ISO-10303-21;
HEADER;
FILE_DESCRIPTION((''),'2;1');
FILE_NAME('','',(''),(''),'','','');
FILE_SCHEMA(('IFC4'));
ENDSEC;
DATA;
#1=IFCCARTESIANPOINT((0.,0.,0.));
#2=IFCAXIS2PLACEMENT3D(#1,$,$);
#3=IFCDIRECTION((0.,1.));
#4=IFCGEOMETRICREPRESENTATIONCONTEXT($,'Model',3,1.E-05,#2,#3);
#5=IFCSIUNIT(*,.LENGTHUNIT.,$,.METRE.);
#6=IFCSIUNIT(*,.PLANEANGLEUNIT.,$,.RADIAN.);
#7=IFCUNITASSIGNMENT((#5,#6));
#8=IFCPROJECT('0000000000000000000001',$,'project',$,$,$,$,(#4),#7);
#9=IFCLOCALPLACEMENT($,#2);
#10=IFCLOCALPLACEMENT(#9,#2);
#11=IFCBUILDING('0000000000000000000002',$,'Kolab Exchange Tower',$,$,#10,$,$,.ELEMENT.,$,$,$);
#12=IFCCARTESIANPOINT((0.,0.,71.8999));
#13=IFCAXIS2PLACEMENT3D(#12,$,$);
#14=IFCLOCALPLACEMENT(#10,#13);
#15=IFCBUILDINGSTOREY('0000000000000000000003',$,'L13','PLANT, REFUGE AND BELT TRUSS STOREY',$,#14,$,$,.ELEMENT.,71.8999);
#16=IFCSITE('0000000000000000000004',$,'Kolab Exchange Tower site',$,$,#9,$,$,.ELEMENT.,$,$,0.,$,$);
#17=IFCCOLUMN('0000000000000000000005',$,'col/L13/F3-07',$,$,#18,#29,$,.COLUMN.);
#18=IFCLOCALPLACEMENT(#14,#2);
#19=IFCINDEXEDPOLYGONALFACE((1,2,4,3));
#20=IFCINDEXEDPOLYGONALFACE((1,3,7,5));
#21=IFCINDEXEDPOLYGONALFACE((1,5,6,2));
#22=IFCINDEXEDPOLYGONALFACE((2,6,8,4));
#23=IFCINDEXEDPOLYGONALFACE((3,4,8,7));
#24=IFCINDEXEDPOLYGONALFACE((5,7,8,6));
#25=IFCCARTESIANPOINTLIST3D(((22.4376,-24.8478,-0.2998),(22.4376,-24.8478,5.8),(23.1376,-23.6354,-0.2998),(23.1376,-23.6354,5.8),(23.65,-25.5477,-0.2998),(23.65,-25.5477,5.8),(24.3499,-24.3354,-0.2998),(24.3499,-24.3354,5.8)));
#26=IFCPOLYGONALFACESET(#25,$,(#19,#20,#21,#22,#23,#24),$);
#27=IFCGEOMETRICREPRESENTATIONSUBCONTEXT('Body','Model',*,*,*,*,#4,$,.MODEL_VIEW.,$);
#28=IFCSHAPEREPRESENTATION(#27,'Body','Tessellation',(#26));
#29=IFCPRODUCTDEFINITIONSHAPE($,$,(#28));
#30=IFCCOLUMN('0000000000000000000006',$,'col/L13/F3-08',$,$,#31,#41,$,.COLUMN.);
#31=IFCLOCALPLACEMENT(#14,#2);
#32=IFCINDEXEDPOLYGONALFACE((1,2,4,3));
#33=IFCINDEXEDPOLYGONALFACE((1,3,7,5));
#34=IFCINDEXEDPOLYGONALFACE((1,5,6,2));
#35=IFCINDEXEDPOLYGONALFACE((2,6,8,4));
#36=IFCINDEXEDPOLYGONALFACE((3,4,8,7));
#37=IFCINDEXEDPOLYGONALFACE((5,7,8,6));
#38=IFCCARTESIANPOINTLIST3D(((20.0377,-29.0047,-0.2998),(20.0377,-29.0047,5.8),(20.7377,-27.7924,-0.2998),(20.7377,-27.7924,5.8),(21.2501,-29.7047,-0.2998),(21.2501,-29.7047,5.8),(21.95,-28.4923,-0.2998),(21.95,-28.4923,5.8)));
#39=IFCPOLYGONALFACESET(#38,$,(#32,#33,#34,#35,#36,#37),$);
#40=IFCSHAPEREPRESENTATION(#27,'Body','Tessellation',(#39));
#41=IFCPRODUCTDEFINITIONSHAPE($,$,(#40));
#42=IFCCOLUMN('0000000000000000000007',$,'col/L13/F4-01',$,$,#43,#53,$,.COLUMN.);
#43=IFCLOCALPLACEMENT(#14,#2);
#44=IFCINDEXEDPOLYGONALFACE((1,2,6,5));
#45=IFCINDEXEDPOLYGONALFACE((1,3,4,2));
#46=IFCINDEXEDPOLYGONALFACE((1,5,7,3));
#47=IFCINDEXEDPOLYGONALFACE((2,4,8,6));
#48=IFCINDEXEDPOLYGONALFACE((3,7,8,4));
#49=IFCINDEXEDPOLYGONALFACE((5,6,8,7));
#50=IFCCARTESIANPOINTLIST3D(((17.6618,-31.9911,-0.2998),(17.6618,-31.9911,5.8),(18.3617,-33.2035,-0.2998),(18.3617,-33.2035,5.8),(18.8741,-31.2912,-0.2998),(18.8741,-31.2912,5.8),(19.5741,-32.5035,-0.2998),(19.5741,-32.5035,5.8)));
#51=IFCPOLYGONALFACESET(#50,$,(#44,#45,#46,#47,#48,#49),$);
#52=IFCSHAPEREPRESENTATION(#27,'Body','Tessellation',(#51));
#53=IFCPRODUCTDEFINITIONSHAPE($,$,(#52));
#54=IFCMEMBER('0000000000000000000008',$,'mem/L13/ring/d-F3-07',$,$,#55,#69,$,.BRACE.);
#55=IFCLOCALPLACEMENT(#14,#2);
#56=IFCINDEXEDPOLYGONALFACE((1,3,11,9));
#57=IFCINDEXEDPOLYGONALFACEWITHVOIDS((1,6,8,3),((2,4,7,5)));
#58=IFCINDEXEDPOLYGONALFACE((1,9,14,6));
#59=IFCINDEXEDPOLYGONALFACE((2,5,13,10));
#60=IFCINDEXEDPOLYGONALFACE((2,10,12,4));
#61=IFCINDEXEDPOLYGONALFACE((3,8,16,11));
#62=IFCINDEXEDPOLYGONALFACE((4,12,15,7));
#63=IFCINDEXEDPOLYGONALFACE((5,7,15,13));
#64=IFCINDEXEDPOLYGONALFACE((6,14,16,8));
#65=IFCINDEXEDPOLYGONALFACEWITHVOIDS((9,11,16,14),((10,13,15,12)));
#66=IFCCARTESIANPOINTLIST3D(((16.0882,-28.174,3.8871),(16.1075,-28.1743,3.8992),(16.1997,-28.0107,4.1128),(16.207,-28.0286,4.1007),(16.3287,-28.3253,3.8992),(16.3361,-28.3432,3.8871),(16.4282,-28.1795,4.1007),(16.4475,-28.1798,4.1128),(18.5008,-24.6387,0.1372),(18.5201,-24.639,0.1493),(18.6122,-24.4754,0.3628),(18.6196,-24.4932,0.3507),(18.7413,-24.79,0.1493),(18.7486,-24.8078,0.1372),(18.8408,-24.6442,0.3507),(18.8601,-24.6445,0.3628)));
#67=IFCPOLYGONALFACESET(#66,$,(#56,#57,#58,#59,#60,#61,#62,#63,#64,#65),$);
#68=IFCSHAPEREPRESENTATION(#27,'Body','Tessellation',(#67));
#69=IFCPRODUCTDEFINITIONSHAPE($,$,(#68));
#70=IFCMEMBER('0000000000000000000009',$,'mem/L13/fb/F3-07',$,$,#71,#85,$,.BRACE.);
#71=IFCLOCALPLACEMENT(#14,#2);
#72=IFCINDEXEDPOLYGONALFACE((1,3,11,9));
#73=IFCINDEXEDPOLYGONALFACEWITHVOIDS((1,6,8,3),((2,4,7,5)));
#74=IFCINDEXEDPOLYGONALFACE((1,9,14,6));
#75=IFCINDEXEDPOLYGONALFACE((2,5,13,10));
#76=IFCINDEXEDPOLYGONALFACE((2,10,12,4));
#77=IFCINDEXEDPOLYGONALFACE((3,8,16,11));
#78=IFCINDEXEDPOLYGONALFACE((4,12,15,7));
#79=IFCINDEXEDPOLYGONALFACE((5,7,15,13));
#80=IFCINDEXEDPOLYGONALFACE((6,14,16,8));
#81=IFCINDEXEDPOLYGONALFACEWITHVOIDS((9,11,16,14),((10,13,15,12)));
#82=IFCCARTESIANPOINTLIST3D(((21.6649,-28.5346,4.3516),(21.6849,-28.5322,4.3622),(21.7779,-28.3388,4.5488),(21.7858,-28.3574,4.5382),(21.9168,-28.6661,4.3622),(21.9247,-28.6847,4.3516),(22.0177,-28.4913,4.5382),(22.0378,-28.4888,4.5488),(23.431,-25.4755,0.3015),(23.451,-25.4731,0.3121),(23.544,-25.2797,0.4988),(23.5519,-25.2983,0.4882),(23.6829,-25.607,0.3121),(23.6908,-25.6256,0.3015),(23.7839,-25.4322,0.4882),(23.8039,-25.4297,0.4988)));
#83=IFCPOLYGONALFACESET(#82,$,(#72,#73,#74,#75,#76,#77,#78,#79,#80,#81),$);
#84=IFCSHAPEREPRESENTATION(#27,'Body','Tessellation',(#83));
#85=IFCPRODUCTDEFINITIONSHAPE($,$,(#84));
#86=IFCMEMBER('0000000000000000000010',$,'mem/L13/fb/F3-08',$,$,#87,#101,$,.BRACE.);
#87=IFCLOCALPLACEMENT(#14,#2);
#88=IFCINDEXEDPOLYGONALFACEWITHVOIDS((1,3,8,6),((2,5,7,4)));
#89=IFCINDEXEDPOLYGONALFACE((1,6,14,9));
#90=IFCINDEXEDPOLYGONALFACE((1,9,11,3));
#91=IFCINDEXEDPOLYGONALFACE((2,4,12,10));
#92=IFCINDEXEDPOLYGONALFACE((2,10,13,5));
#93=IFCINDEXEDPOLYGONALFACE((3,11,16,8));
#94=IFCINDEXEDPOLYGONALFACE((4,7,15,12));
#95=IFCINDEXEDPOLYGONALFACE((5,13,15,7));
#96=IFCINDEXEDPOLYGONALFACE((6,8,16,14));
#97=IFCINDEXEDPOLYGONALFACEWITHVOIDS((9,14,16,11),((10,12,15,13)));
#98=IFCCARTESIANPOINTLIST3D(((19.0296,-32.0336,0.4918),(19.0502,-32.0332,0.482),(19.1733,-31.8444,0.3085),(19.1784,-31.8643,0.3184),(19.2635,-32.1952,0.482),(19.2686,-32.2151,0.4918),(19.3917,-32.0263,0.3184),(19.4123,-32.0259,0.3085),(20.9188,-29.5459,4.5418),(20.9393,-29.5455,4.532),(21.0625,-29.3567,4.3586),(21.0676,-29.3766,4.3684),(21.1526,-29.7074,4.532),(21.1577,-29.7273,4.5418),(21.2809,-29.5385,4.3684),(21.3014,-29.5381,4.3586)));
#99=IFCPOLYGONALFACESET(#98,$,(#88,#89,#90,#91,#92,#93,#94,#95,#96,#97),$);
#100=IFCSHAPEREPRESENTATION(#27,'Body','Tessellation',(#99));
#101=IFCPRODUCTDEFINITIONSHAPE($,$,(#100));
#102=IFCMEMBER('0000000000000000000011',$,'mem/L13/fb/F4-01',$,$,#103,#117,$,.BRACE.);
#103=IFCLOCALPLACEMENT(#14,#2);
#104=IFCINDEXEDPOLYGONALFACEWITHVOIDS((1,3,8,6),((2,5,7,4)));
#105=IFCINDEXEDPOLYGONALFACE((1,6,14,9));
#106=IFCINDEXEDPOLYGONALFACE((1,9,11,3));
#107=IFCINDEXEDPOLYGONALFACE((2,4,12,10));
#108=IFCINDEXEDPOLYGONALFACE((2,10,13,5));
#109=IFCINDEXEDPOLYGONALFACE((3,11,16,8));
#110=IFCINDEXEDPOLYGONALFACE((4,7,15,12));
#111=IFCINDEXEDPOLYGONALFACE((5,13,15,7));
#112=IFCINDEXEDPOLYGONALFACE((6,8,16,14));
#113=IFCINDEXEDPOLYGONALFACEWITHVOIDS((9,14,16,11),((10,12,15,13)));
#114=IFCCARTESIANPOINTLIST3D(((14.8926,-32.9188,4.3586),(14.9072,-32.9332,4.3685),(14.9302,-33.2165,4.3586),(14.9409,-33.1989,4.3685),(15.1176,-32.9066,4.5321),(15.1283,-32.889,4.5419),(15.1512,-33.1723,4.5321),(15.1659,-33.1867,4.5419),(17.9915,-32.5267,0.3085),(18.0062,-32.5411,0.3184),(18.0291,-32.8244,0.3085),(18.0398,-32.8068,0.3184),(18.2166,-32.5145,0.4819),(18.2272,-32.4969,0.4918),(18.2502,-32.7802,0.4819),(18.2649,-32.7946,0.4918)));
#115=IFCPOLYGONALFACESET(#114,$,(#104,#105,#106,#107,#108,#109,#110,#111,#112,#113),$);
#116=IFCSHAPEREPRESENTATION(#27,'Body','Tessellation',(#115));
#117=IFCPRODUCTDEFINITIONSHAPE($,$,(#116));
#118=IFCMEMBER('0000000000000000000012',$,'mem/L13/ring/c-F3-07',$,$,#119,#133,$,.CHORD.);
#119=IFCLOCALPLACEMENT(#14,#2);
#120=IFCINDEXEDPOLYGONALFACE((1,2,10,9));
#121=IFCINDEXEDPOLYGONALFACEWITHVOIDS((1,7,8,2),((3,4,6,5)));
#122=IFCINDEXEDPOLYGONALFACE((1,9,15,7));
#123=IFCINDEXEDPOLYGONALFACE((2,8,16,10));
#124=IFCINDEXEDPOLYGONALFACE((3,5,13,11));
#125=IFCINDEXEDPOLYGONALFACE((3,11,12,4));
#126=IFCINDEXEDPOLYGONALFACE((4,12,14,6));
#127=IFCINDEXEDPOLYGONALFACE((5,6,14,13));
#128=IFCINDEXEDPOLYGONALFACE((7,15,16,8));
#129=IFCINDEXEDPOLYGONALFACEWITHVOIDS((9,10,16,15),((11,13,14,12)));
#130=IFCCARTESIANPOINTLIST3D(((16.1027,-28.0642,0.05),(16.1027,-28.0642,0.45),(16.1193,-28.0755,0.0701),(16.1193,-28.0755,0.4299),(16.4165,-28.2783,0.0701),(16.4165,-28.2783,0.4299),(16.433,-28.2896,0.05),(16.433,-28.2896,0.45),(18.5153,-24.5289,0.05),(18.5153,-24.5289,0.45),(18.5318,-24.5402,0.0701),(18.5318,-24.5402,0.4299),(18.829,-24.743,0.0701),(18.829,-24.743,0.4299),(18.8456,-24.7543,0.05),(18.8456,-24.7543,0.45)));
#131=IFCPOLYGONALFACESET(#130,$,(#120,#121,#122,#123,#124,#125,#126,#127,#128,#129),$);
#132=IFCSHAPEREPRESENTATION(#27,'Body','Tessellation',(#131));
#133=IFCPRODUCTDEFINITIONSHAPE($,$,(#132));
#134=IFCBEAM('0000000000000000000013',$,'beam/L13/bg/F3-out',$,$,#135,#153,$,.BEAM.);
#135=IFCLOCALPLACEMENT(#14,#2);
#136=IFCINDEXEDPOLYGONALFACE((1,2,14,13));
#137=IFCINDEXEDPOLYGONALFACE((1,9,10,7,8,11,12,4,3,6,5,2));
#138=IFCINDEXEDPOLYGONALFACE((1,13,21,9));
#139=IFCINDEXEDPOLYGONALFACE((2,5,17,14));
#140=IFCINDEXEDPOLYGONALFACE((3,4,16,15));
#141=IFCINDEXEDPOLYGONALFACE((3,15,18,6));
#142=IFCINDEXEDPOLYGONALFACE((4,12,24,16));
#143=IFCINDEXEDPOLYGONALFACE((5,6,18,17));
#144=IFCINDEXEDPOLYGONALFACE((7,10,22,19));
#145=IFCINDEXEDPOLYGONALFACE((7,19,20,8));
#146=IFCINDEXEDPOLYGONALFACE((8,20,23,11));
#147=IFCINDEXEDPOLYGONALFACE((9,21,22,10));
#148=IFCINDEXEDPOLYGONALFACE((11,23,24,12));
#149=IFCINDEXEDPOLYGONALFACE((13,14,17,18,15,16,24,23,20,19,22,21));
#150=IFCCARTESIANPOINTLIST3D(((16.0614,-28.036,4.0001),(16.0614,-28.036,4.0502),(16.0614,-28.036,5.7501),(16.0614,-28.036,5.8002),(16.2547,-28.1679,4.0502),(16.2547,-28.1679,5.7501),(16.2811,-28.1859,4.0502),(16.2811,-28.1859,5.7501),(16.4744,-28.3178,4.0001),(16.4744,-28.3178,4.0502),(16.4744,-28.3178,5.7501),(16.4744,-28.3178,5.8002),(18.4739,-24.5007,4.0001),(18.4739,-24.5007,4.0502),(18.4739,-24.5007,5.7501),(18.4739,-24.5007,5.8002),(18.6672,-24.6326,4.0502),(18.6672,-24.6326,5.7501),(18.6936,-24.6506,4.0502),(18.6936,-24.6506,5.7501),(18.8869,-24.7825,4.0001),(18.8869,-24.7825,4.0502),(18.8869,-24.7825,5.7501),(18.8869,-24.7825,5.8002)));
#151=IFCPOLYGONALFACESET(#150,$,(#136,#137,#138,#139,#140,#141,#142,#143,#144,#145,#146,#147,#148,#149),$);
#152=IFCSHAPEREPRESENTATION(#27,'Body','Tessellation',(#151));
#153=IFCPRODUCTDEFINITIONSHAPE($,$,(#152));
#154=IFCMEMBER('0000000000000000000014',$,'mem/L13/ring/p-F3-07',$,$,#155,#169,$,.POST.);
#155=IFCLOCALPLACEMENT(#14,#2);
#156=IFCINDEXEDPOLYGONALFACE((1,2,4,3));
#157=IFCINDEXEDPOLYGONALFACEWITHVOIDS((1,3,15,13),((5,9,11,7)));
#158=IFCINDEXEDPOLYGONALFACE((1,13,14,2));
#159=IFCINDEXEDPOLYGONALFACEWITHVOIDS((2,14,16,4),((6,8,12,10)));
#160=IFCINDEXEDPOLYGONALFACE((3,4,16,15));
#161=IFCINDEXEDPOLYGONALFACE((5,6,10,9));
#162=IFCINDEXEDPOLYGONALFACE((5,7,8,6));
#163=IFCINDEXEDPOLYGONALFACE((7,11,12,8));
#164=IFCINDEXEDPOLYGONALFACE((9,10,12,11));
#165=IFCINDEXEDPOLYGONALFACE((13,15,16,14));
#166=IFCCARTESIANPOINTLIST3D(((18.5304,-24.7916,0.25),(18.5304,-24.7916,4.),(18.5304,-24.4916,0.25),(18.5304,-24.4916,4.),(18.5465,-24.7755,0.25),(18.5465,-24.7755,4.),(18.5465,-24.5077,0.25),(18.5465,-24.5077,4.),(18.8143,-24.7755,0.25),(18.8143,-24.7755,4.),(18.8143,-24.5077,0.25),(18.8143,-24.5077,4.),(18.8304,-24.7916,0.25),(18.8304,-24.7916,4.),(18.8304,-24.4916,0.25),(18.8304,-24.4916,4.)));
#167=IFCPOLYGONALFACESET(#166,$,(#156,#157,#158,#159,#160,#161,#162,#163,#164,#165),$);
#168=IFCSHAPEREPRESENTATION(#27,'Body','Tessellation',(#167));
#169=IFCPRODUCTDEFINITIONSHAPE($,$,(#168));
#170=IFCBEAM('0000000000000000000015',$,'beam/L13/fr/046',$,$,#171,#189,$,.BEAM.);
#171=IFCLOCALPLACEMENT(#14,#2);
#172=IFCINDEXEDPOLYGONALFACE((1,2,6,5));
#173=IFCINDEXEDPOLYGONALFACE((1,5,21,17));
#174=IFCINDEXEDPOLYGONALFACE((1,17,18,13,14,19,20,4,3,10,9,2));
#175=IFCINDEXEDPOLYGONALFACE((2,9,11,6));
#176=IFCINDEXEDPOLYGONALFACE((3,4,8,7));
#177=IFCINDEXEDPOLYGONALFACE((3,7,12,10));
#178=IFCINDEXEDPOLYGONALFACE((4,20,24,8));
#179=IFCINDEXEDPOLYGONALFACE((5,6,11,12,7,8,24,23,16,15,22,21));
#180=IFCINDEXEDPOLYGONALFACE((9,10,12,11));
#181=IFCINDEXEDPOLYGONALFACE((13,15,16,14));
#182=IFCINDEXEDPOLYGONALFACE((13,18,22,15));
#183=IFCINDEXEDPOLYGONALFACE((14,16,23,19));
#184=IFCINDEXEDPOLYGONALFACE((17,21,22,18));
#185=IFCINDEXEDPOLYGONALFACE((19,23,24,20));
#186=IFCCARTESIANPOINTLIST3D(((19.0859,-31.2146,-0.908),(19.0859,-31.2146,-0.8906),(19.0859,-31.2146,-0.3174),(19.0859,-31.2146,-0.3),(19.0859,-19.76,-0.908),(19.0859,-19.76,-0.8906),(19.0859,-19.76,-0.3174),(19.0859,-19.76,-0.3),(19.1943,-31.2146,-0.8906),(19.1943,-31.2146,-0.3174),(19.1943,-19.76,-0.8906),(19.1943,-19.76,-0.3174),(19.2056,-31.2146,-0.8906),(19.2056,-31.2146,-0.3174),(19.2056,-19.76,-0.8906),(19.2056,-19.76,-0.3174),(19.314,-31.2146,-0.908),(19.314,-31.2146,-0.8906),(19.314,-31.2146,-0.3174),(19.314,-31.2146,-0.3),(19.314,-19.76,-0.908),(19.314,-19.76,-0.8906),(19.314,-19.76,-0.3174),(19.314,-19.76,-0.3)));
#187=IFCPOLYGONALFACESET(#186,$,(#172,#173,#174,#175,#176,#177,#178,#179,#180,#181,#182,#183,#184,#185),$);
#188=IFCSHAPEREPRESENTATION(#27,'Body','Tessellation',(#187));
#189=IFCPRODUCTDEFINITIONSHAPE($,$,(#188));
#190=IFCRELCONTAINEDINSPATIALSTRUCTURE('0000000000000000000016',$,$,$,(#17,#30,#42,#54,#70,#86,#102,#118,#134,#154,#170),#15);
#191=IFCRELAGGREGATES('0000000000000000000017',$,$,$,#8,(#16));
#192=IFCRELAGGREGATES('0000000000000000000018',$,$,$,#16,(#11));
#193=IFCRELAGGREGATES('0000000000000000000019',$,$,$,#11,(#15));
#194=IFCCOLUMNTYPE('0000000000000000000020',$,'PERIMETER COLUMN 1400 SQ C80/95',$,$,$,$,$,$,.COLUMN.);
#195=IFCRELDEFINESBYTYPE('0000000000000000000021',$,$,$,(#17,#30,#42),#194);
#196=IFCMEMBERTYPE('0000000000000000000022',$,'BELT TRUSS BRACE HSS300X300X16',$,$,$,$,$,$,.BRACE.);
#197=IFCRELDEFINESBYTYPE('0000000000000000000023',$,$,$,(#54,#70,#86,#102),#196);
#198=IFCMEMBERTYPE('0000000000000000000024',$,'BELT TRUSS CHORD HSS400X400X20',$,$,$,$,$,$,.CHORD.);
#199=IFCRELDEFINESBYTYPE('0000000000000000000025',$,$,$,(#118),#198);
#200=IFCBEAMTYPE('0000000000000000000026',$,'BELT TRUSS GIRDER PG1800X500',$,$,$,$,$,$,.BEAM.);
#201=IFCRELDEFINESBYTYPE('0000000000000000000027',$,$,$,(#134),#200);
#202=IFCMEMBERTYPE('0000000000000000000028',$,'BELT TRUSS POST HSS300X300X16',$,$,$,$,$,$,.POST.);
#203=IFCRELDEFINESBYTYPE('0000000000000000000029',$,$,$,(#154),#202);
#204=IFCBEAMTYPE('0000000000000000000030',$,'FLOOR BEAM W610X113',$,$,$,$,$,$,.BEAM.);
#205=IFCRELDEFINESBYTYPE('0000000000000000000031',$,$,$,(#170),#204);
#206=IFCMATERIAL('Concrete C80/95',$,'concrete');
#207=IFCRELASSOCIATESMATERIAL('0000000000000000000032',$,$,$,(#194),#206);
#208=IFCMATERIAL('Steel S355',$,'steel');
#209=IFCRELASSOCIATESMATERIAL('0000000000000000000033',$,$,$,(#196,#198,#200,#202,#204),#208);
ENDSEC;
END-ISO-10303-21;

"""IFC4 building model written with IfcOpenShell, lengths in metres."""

from ifc_helpers import new_model, si_unit, direction, frame, origin, origin_2d, place, context, subcontext, project, spatial, rectangle, hollow_rectangle, i_section, extrude, material, material_profile, profile_set, type_object, element, save


model = new_model("IFC4")

# Units and contexts
model_context = context("Model", 3, precision=1e-05, world=origin(), true_north=direction((0.0, 1.0)))
body_context = subcontext(model_context, "Body", "Model", "MODEL_VIEW")
ifc_project = project(units=[si_unit("LENGTHUNIT", "METRE"), si_unit("PLANEANGLEUNIT", "RADIAN")], contexts=[model_context])

# Site, building, storey
site_placement = place(None, origin())
site = spatial("IfcSite", under=ifc_project, at=site_placement, Name="Kolab Exchange Tower site", CompositionType="ELEMENT", RefElevation=0.0)
building_placement = place(site_placement, origin())
building = spatial("IfcBuilding", under=site, at=building_placement, Name="Kolab Exchange Tower", CompositionType="ELEMENT")
storey_placement = place(building_placement, frame((0.0, 0.0, 71.8999)))
storey = spatial("IfcBuildingStorey", under=building, at=storey_placement, Name="L13", Description="PLANT, REFUGE AND BELT TRUSS STOREY", CompositionType="ELEMENT", Elevation=71.8999)

# Columns
ifc_material_1 = material(Name="Concrete C80/95", Category="concrete")
ifc_material_profile_1 = material_profile(ifc_material_1, rectangle(XDim=1.3999, YDim=1.3999, at=origin_2d()), Name="RC1400")
ifc_profile_set_1 = profile_set([ifc_material_profile_1], Name="Concrete C80/95")
column_type = type_object("IfcColumnType", Name="PERIMETER COLUMN 1400 SQ C80/95", PredefinedType="COLUMN", material=ifc_profile_set_1)
for number, where, z_axis, x_axis, name in (
    (1, (23.3938, -24.5916, -0.2998), (0.0, 0.0, 1.0), (0.5, 0.866025, 0.0), "col/L13/F3-07"),
    (2, (20.9939, -28.7485, -0.2998), (0.0, 0.0, 1.0), (0.5, 0.866025, 0.0), "col/L13/F3-08"),
    (3, (18.6179, -32.2473, -0.2998), (0.0, 0.0, 1.0), (0.866025, 0.5, 0.0), "col/L13/F4-01"),
):
    element("IfcColumn", number, at=place(storey_placement, frame(where, z_axis=z_axis, x_axis=x_axis)), inside=storey, type_object=column_type, Name=name, PredefinedType="COLUMN", context=body_context, shape_type="SweptSolid", body=[
        extrude(rectangle(XDim=1.3999, YDim=1.3999, at=origin_2d()), origin(), (0.0, 0.0, 1.0), 6.0999),
    ])

# Members
ifc_material_2 = material(Name="Steel S355", Category="steel")
ifc_material_profile_2 = material_profile(ifc_material_2, hollow_rectangle(XDim=0.3, YDim=0.3, WallThickness=0.0161, at=origin_2d()), Name="HSS300X300X16")
ifc_profile_set_2 = profile_set([ifc_material_profile_2], Name="Steel S355")
member_type_1 = type_object("IfcMemberType", Name="BELT TRUSS BRACE HSS300X300X16", PredefinedType="BRACE", material=ifc_profile_set_2)
member_1_placement = place(storey_placement, frame((18.6804, -24.6416, 0.25), z_axis=(-0.423967, -0.621277, 0.658989), x_axis=(0.825999, -0.563671, 0.0)))
element("IfcMember", 4, at=member_1_placement, inside=storey, type_object=member_type_1, Name="mem/L13/ring/d-F3-07", PredefinedType="BRACE", context=body_context, shape_type="SweptSolid", body=[
    extrude(hollow_rectangle(XDim=0.3, YDim=0.3, WallThickness=0.0161, at=origin_2d()), origin(), (0.0, 0.0, 1.0), 5.6904),
])
member_2_placement = place(storey_placement, frame((23.6174, -25.4526, 0.4001), z_axis=(-0.328639, -0.569236, 0.753636), x_axis=(0.866031, -0.49999, 0.0)))
element("IfcMember", 5, at=member_2_placement, inside=storey, type_object=member_type_1, Name="mem/L13/fb/F3-07", PredefinedType="BRACE", context=body_context, shape_type="SweptSolid", body=[
    extrude(hollow_rectangle(XDim=0.3, YDim=0.3, WallThickness=0.0161, at=origin_2d()), origin(), (0.0, 0.0, 1.0), 5.374),
])
for number, where, z_axis, x_axis, name in (
    (6, (21.1101, -29.542, 4.4502), (-0.369353, -0.486393, -0.791833), (0.796403, -0.604766, 0.0), "mem/L13/fb/F3-08"),
    (7, (18.1282, -32.6606, 0.4001), (-0.605882, -0.07666, 0.791852), (0.125526, -0.99209, 0.0), "mem/L13/fb/F4-01"),
):
    element("IfcMember", number, at=place(storey_placement, frame(where, z_axis=z_axis, x_axis=x_axis)), inside=storey, type_object=member_type_1, Name=name, PredefinedType="BRACE", context=body_context, shape_type="SweptSolid", body=[
        extrude(hollow_rectangle(XDim=0.3, YDim=0.3, WallThickness=0.0161, at=origin_2d()), origin(), (0.0, 0.0, 1.0), 5.1147),
    ])
ifc_material_profile_3 = material_profile(ifc_material_2, hollow_rectangle(XDim=0.3999, YDim=0.3999, WallThickness=0.02, at=origin_2d()), Name="HSS400X400X20")
ifc_profile_set_3 = profile_set([ifc_material_profile_3], Name="Steel S355")
member_type_2 = type_object("IfcMemberType", Name="BELT TRUSS CHORD HSS400X400X20", PredefinedType="CHORD", material=ifc_profile_set_3)
member_3_placement = place(storey_placement, frame((18.6804, -24.6416, 0.25), z_axis=(-0.563671, -0.825999, 0.0), x_axis=(0.825999, -0.563671, 0.0)))
element("IfcMember", 8, at=member_3_placement, inside=storey, type_object=member_type_2, Name="mem/L13/ring/c-F3-07", PredefinedType="CHORD", context=body_context, shape_type="SweptSolid", body=[
    extrude(hollow_rectangle(XDim=0.3999, YDim=0.3999, WallThickness=0.02, at=origin_2d()), origin(), (0.0, 0.0, 1.0), 4.28),
])

# Beam
ifc_material_profile_4 = material_profile(ifc_material_2, i_section(OverallWidth=0.5, OverallDepth=1.8, WebThickness=0.032, FlangeThickness=0.05, at=origin_2d()), Name="PG1800X500")
ifc_profile_set_4 = profile_set([ifc_material_profile_4], Name="Steel S355")
beam_type_1 = type_object("IfcBeamType", Name="BELT TRUSS GIRDER PG1800X500", PredefinedType="BEAM", material=ifc_profile_set_4)
beam_1_placement = place(storey_placement, frame((18.6804, -24.6416, 4.9001), z_axis=(-0.563671, -0.825999, 0.0), x_axis=(0.825999, -0.563671, 0.0)))
element("IfcBeam", 9, at=beam_1_placement, inside=storey, type_object=beam_type_1, Name="beam/L13/bg/F3-out", PredefinedType="BEAM", context=body_context, shape_type="SweptSolid", body=[
    extrude(i_section(OverallWidth=0.5, OverallDepth=1.8, WebThickness=0.032, FlangeThickness=0.05, at=origin_2d()), origin(), (0.0, 0.0, 1.0), 4.28),
])

# Member
ifc_material_profile_5 = material_profile(ifc_material_2, hollow_rectangle(XDim=0.3, YDim=0.3, WallThickness=0.0161, at=origin_2d()), Name="HSS300X300X16")
ifc_profile_set_5 = profile_set([ifc_material_profile_5], Name="Steel S355")
member_type_3 = type_object("IfcMemberType", Name="BELT TRUSS POST HSS300X300X16", PredefinedType="POST", material=ifc_profile_set_5)
member_4_placement = place(storey_placement, frame((18.6804, -24.6416, 0.25), z_axis=(0.0, 0.0, 1.0), x_axis=(1.0, 0.0, 0.0)))
element("IfcMember", 10, at=member_4_placement, inside=storey, type_object=member_type_3, Name="mem/L13/ring/p-F3-07", PredefinedType="POST", context=body_context, shape_type="SweptSolid", body=[
    extrude(hollow_rectangle(XDim=0.3, YDim=0.3, WallThickness=0.0161, at=origin_2d()), origin(), (0.0, 0.0, 1.0), 3.75),
])

# Beam
ifc_material_profile_6 = material_profile(ifc_material_2, i_section(OverallWidth=0.228, OverallDepth=0.6079, WebThickness=0.0112, FlangeThickness=0.0173, at=origin_2d()), Name="W610X113")
ifc_profile_set_6 = profile_set([ifc_material_profile_6], Name="Steel S355")
beam_type_2 = type_object("IfcBeamType", Name="FLOOR BEAM W610X113", PredefinedType="BEAM", material=ifc_profile_set_6)
beam_2_placement = place(storey_placement, frame((19.2, -31.2146, -0.604), z_axis=(0.0, 1.0, 0.0), x_axis=(-1.0, 0.0, 0.0)))
element("IfcBeam", 11, at=beam_2_placement, inside=storey, type_object=beam_type_2, Name="beam/L13/fr/046", PredefinedType="BEAM", context=body_context, shape_type="SweptSolid", body=[
    extrude(i_section(OverallWidth=0.228, OverallDepth=0.6079, WebThickness=0.0112, FlangeThickness=0.0173, at=origin_2d()), origin(), (0.0, 0.0, 1.0), 11.4546),
])

save(model, "model.ifc")
